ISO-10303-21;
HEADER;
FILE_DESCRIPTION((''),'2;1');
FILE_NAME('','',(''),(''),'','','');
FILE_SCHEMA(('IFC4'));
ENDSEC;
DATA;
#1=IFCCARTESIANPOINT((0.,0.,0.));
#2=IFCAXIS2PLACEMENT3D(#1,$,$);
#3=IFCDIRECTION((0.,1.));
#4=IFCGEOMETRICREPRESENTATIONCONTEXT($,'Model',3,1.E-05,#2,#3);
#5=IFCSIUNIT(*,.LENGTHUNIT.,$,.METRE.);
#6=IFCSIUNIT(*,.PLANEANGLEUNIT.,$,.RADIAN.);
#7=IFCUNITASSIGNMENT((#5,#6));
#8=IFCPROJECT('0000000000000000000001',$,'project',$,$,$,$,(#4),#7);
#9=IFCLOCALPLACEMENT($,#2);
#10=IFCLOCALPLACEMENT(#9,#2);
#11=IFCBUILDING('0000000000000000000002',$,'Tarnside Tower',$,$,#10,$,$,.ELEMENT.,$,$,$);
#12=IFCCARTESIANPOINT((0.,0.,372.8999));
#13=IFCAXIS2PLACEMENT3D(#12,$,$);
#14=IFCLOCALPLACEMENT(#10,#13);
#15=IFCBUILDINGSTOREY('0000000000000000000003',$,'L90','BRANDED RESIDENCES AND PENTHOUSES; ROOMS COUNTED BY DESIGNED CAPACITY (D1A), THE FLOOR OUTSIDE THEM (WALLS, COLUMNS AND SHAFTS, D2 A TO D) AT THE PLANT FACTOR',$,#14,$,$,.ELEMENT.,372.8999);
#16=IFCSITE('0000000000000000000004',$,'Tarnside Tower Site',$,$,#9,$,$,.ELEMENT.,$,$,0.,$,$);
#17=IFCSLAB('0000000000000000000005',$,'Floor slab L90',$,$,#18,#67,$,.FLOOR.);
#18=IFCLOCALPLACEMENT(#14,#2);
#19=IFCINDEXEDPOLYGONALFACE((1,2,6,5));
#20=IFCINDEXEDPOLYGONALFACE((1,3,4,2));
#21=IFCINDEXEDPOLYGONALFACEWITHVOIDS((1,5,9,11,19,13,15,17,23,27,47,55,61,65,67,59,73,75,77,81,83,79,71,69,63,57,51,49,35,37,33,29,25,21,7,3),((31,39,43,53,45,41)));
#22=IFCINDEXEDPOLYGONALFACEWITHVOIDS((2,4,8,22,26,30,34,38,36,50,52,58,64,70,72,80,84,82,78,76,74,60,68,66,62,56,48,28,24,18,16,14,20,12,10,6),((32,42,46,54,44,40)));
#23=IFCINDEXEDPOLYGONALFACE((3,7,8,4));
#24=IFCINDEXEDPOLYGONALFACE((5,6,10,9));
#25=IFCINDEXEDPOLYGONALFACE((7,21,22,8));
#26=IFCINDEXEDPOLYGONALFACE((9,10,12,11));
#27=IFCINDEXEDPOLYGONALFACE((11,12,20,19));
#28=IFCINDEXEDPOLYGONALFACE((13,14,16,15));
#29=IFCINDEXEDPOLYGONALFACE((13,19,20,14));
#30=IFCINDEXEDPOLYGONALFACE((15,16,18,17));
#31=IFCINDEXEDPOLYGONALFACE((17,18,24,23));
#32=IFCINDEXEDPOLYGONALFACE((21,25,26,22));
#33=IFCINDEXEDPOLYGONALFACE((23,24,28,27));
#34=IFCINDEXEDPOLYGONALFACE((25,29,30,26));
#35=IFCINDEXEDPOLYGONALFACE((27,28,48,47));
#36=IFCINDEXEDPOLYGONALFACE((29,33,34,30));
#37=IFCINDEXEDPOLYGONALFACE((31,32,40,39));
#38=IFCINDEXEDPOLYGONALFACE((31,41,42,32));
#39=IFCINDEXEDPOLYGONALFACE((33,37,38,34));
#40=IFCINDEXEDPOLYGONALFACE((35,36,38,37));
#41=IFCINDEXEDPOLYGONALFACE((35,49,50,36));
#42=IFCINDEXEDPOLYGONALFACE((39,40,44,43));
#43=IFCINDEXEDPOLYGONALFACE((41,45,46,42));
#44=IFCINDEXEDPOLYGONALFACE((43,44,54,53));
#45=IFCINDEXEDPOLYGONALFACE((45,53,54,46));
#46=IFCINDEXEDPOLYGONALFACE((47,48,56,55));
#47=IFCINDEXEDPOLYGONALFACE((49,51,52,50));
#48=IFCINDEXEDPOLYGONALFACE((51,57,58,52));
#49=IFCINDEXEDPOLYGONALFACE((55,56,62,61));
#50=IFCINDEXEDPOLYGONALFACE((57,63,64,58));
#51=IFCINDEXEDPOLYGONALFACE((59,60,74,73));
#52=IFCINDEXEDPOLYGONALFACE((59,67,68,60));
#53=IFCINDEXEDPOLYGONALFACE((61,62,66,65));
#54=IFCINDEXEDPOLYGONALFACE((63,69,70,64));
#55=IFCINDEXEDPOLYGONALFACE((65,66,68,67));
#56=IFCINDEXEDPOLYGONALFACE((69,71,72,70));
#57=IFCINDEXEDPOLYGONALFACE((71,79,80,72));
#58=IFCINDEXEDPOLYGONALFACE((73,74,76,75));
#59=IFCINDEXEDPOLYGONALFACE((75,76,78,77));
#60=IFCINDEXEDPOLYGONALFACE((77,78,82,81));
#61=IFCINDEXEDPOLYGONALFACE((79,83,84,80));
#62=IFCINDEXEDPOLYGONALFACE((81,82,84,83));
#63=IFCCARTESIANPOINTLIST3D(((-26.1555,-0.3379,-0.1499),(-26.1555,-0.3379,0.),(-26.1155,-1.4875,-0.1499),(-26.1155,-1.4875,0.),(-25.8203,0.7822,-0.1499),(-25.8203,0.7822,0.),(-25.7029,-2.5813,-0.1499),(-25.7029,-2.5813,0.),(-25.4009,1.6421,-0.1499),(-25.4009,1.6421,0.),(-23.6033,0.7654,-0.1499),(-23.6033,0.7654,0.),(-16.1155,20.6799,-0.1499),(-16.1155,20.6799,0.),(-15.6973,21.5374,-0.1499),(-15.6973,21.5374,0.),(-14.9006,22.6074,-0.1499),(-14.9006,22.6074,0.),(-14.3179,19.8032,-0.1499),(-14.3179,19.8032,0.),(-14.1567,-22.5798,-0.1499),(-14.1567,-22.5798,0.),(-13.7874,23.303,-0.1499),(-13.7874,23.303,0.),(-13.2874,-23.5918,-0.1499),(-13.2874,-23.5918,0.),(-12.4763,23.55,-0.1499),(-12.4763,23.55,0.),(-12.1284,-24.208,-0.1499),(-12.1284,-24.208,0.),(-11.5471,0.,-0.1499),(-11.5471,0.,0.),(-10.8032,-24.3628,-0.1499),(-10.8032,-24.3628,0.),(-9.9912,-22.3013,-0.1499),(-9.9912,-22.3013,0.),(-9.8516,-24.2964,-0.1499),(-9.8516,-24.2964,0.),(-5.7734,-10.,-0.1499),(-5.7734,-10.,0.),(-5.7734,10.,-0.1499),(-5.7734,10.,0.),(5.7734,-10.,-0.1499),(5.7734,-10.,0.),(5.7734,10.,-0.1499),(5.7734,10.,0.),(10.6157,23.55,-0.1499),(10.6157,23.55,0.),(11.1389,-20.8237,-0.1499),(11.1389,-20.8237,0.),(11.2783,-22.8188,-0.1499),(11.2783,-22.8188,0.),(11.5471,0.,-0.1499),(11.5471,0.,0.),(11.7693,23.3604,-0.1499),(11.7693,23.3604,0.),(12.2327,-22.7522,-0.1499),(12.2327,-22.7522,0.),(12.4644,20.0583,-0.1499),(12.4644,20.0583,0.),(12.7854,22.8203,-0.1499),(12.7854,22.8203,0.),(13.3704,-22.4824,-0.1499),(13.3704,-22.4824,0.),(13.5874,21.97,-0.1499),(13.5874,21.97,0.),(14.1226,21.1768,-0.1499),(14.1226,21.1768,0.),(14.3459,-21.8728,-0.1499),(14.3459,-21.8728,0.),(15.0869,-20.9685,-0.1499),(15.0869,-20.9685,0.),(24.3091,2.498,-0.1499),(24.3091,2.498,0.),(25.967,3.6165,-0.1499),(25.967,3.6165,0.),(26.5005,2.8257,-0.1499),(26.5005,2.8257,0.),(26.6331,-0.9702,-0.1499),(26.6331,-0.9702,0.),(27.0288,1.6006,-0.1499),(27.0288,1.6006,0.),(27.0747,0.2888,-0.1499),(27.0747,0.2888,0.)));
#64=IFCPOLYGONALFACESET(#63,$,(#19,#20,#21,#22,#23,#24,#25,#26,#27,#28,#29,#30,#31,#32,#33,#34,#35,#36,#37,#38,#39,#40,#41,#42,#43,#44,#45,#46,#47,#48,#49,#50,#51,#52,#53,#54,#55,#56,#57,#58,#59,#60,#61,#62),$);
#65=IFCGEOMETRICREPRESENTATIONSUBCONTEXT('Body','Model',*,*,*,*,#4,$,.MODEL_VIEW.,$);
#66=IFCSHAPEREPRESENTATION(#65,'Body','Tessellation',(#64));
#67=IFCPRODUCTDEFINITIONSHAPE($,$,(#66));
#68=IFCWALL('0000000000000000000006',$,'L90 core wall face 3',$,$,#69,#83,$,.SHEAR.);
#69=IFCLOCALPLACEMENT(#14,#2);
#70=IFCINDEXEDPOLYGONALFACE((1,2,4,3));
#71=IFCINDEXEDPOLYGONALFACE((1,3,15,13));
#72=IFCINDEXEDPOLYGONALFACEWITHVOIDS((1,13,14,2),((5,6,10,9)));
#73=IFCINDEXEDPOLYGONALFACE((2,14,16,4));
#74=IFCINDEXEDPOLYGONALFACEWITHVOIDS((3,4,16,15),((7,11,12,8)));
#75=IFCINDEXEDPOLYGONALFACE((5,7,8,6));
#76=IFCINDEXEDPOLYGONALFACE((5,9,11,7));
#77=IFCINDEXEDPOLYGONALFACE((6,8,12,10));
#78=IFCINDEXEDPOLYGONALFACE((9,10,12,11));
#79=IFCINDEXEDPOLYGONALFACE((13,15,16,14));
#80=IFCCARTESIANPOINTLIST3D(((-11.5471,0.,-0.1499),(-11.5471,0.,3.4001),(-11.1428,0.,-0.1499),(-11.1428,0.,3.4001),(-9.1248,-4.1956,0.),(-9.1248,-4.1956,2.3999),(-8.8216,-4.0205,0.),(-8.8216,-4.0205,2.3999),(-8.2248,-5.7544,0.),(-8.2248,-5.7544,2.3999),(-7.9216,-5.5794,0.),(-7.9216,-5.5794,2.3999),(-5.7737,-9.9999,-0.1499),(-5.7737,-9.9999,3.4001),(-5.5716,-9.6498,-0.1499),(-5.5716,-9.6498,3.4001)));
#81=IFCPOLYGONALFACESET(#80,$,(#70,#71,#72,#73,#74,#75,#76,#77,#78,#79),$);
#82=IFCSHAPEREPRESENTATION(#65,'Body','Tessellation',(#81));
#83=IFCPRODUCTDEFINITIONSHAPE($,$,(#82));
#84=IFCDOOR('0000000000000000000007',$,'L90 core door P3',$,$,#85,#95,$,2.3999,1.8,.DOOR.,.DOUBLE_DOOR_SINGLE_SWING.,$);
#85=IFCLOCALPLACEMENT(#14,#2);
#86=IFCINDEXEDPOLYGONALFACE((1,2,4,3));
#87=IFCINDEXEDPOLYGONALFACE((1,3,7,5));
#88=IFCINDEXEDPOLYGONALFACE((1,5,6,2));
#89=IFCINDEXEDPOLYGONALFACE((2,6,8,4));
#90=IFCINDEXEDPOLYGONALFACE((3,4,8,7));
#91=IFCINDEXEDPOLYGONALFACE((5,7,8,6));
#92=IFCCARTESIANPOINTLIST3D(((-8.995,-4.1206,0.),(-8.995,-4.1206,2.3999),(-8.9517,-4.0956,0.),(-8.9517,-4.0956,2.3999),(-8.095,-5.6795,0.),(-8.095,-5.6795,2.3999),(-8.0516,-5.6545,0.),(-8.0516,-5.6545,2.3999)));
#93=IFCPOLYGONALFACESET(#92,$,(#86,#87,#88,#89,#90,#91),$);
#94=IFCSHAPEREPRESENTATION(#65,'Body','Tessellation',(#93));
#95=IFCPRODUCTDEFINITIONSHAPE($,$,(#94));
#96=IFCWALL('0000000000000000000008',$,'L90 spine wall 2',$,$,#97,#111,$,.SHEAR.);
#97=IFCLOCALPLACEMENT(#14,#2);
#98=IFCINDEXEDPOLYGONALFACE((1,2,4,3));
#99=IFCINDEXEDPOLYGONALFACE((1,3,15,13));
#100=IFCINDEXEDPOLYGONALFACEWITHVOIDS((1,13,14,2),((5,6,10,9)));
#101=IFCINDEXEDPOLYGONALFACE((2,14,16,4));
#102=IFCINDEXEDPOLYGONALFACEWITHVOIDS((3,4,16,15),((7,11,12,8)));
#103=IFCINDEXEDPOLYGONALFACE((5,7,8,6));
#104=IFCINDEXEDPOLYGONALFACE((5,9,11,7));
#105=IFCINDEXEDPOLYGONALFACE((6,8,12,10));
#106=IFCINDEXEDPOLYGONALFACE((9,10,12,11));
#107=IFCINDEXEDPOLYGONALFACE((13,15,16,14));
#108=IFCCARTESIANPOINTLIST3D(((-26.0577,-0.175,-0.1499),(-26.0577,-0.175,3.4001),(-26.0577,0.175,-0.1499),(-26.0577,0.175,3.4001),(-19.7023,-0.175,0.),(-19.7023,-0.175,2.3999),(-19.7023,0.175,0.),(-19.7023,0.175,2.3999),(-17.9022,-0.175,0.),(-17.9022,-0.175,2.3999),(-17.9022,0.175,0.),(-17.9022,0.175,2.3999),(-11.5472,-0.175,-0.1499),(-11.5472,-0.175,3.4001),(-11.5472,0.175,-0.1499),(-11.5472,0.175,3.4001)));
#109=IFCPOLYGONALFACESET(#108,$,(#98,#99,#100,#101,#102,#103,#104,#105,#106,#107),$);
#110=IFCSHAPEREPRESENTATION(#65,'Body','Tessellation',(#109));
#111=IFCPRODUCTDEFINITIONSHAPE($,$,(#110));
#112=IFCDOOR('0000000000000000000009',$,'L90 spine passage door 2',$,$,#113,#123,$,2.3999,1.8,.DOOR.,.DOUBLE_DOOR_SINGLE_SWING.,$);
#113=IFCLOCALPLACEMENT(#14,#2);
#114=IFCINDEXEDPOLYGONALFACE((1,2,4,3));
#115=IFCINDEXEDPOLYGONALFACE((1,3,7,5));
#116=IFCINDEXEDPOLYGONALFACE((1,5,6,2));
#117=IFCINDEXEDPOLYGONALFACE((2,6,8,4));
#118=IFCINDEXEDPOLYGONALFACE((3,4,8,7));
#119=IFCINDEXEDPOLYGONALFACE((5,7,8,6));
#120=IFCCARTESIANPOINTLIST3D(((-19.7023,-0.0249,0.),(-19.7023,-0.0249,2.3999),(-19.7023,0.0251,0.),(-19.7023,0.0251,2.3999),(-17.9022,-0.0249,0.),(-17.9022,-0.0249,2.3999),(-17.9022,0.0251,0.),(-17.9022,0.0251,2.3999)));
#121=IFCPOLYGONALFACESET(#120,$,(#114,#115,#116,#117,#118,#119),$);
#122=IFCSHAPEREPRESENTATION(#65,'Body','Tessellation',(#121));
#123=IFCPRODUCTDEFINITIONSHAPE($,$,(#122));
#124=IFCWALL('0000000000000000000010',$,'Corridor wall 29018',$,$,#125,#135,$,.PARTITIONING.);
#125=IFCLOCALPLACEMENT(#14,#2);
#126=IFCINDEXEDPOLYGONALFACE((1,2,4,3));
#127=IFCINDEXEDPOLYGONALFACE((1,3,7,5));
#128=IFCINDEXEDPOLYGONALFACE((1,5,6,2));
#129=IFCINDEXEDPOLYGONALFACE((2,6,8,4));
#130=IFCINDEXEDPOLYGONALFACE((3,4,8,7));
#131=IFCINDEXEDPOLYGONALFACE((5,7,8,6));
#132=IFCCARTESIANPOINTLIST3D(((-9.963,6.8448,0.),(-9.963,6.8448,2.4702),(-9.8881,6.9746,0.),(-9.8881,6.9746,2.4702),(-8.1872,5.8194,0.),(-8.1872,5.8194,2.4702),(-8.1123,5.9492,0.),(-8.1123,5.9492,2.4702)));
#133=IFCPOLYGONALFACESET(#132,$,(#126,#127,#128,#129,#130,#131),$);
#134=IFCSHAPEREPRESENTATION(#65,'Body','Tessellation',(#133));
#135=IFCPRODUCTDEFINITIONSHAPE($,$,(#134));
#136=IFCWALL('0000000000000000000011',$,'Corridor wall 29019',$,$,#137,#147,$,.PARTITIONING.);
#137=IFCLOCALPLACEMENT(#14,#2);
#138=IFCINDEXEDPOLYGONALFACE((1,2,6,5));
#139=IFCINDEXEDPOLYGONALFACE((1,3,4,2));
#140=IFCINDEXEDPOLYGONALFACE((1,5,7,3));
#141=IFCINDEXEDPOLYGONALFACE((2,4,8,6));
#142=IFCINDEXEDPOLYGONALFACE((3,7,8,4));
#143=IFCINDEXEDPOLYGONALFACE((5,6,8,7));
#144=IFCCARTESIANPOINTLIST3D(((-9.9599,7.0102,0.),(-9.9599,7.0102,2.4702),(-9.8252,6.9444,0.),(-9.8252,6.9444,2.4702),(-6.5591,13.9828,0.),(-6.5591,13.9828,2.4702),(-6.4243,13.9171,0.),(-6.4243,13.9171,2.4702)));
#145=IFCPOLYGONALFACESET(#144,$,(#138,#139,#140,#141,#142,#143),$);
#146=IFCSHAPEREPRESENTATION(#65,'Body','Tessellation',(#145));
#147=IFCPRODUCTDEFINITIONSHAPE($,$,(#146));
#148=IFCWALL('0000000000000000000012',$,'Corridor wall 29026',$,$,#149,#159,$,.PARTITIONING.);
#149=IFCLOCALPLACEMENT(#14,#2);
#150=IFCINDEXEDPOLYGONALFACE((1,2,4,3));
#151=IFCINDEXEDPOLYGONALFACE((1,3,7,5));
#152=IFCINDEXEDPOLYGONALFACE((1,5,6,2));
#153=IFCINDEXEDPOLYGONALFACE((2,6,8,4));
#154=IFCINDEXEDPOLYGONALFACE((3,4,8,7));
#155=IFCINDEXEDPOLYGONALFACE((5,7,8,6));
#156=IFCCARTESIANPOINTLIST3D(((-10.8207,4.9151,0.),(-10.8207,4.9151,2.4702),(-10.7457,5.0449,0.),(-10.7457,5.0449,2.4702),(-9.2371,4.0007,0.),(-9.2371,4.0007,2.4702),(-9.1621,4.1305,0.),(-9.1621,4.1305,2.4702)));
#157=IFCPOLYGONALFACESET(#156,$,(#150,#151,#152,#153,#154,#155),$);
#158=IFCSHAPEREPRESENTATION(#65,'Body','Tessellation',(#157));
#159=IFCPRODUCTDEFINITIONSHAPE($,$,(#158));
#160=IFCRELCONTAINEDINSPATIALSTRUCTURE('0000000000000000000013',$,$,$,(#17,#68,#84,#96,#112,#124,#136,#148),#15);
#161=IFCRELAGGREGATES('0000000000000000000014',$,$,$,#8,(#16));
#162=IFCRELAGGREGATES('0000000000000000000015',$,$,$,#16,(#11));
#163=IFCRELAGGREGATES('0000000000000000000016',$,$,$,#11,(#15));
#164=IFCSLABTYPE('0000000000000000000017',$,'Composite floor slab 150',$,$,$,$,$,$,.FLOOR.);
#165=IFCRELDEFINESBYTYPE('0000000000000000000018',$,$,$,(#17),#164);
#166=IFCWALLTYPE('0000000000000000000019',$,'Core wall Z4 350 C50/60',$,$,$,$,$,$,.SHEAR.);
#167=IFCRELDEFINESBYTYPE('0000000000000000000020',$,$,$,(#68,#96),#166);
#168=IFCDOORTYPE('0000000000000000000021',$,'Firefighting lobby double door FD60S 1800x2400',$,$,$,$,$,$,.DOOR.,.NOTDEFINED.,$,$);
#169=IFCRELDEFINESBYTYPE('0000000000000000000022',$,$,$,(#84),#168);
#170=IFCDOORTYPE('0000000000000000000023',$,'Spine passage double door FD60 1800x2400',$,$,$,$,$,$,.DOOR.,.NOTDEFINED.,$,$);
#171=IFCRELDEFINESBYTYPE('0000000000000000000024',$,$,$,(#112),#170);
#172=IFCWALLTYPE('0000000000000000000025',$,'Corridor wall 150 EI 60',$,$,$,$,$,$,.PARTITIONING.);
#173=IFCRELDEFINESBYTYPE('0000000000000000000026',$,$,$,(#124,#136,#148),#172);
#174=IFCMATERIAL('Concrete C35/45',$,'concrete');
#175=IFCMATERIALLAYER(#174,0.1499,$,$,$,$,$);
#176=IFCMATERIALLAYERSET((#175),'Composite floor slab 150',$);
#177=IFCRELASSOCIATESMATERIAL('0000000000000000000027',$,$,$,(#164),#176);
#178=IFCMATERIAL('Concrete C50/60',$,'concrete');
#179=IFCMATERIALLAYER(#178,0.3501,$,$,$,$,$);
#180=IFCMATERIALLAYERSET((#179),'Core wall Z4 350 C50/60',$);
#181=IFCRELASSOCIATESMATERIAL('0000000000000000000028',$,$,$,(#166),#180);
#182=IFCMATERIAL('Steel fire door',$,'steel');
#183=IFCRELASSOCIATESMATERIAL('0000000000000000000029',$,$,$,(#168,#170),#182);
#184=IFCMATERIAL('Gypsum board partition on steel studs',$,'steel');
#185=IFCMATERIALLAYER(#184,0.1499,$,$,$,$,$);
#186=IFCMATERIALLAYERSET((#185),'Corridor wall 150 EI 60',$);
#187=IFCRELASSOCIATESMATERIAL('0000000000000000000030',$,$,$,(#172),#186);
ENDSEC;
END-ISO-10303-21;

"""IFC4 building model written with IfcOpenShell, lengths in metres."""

from ifc_helpers import new_model, si_unit, direction, frame, frame_2d, origin, place, context, subcontext, project, spatial, polyline, rectangle, outline, extrude, material, layer, layer_set, type_object, element, fill, save


model = new_model("IFC4")

# Units and contexts
model_context = context("Model", 3, precision=1e-05, world=origin(), true_north=direction((0.0, 1.0)))
body_context = subcontext(model_context, "Body", "Model", "MODEL_VIEW")
ifc_project = project(units=[si_unit("LENGTHUNIT", "METRE"), si_unit("PLANEANGLEUNIT", "RADIAN")], contexts=[model_context])

# Site, building, storey
site_placement = place(None, origin())
site = spatial("IfcSite", under=ifc_project, at=site_placement, Name="Tarnside Tower Site", CompositionType="ELEMENT", RefElevation=0.0)
building_placement = place(site_placement, origin())
building = spatial("IfcBuilding", under=site, at=building_placement, Name="Tarnside Tower", CompositionType="ELEMENT")
storey_placement = place(building_placement, frame((0.0, 0.0, 372.8999)))
storey = spatial("IfcBuildingStorey", under=building, at=storey_placement, Name="L90", Description="BRANDED RESIDENCES AND PENTHOUSES; ROOMS COUNTED BY DESIGNED CAPACITY (D1A), THE FLOOR OUTSIDE THEM (WALLS, COLUMNS AND SHAFTS, D2 A TO D) AT THE PLANT FACTOR", CompositionType="ELEMENT", Elevation=372.8999)

# Slab
ifc_material_1 = material(Name="Concrete C35/45", Category="concrete")
ifc_layer_1 = layer(ifc_material_1, 0.1499)
ifc_layer_set_1 = layer_set([ifc_layer_1], Name="Composite floor slab 150")
slab_type = type_object("IfcSlabType", Name="Composite floor slab 150", PredefinedType="FLOOR", material=ifc_layer_set_1)
slab_placement = place(storey_placement, frame((0.0, 0.0, -0.1499)))
element("IfcSlab", 1, at=slab_placement, inside=storey, type_object=slab_type, Name="Floor slab L90", PredefinedType="FLOOR", context=body_context, shape_type="SweptSolid", body=[
    extrude(outline(polyline([(11.7693, 23.3604), (12.7854, 22.8203), (13.5874, 21.97), (14.1226, 21.1768), (12.4644, 20.0583), (24.3091, 2.498), (25.967, 3.6165), (26.5005, 2.8257), (27.0288, 1.6006), (27.0747, 0.2888), (26.6331, -0.9702), (15.0869, -20.9685), (14.3459, -21.8728), (13.3704, -22.4824), (12.2327, -22.7522), (11.2783, -22.8188), (11.1389, -20.8237), (-9.9912, -22.3013), (-9.8516, -24.2964), (-10.8032, -24.3628), (-12.1284, -24.208), (-13.2874, -23.5918), (-14.1567, -22.5798), (-25.7029, -2.5813), (-26.1155, -1.4875), (-26.1555, -0.3379), (-25.8203, 0.7822), (-25.4009, 1.6421), (-23.6033, 0.7654), (-14.3179, 19.8032), (-16.1155, 20.6799), (-15.6973, 21.5374), (-14.9006, 22.6074), (-13.7874, 23.303), (-12.4763, 23.55), (10.6157, 23.55), (11.7693, 23.3604)]), holes=[polyline([(-11.5471, 0.0), (-5.7734, -10.0), (5.7734, -10.0), (11.5471, 0.0), (5.7734, 10.0), (-5.7734, 10.0), (-11.5471, 0.0)])]), origin(), (0.0, 0.0, 1.0), 0.1499),
])

# Walls, openings, doors
ifc_material_2 = material(Name="Concrete C50/60", Category="concrete")
ifc_layer_2 = layer(ifc_material_2, 0.3501)
ifc_layer_set_2 = layer_set([ifc_layer_2], Name="Core wall Z4 350 C50/60")
wall_type_1 = type_object("IfcWallType", Name="Core wall Z4 350 C50/60", PredefinedType="SHEAR", material=ifc_layer_set_2)
wall_1_placement = place(storey_placement, frame((-11.345, 0.0, -0.1499), z_axis=(0.0, 0.0, 1.0), x_axis=(0.499995, -0.866028, 0.0)))
wall_1 = element("IfcWall", 2, at=wall_1_placement, inside=storey, type_object=wall_type_1, Name="L90 core wall face 3", PredefinedType="SHEAR", context=body_context, shape_type="SweptSolid", body=[
    extrude(outline(polyline([(-0.1011, -0.175), (11.4458, -0.175), (11.2437, 0.175), (0.1011, 0.175), (-0.1011, -0.175)])), origin(), (0.0, 0.0, 1.0), 3.55),
])
opening_1_placement = place(wall_1_placement, frame((4.7437, 0.0, 0.1499)))
opening_1 = element("IfcOpeningElement", 3, at=opening_1_placement, cuts=wall_1, PredefinedType="OPENING", context=body_context, shape_type="SweptSolid", body=[
    extrude(rectangle(XDim=1.8, YDim=2.3999, at=frame_2d((0.8999, 1.2))), frame((0.0, 0.1851, 0.0), z_axis=(0.0, -1.0, 0.0), x_axis=(1.0, 0.0, 0.0)), (0.0, 0.0, 1.0), 0.3701),
])
ifc_material_3 = material(Name="Steel fire door", Category="steel")
door_type_1 = type_object("IfcDoorType", Name="Firefighting lobby double door FD60S 1800x2400", OperationType="NOTDEFINED", PredefinedType="DOOR", material=ifc_material_3)
door_1_placement = place(opening_1_placement, origin())
door_1 = element("IfcDoor", 4, at=door_1_placement, inside=storey, type_object=door_type_1, Name="L90 core door P3", OperationType="DOUBLE_DOOR_SINGLE_SWING", OverallHeight=2.3999, OverallWidth=1.8, PredefinedType="DOOR", context=body_context, shape_type="SweptSolid", body=[
    extrude(rectangle(XDim=1.8, YDim=2.3999, at=frame_2d((0.8999, 1.2))), frame((0.0, 0.0249, 0.0), z_axis=(0.0, -1.0, 0.0), x_axis=(1.0, 0.0, 0.0)), (0.0, 0.0, 1.0), 0.05),
])
fill(opening_1, door_1)
wall_2_placement = place(storey_placement, frame((-11.5471, 0.0, -0.1499), z_axis=(0.0, 0.0, 1.0), x_axis=(-1.0, 0.0, 0.0)))
wall_2 = element("IfcWall", 5, at=wall_2_placement, inside=storey, type_object=wall_type_1, Name="L90 spine wall 2", PredefinedType="SHEAR", context=body_context, shape_type="SweptSolid", body=[
    extrude(rectangle(XDim=14.5105, YDim=0.3501, at=frame_2d((7.2554, 0.0))), origin(), (0.0, 0.0, 1.0), 3.55),
])
opening_2_placement = place(wall_2_placement, frame((6.3552, 0.0, 0.1499)))
opening_2 = element("IfcOpeningElement", 6, at=opening_2_placement, cuts=wall_2, PredefinedType="OPENING", context=body_context, shape_type="SweptSolid", body=[
    extrude(rectangle(XDim=1.8, YDim=2.3999, at=frame_2d((0.8999, 1.2))), frame((0.0, 0.1851, 0.0), z_axis=(0.0, -1.0, 0.0), x_axis=(1.0, 0.0, 0.0)), (0.0, 0.0, 1.0), 0.3701),
])
door_type_2 = type_object("IfcDoorType", Name="Spine passage double door FD60 1800x2400", OperationType="NOTDEFINED", PredefinedType="DOOR", material=ifc_material_3)
door_2_placement = place(opening_2_placement, origin())
door_2 = element("IfcDoor", 7, at=door_2_placement, inside=storey, type_object=door_type_2, Name="L90 spine passage door 2", OperationType="DOUBLE_DOOR_SINGLE_SWING", OverallHeight=2.3999, OverallWidth=1.8, PredefinedType="DOOR", context=body_context, shape_type="SweptSolid", body=[
    extrude(rectangle(XDim=1.8, YDim=2.3999, at=frame_2d((0.8999, 1.2))), frame((0.0, 0.0249, 0.0), z_axis=(0.0, -1.0, 0.0), x_axis=(1.0, 0.0, 0.0)), (0.0, 0.0, 1.0), 0.05),
])
fill(opening_2, door_2)

# Walls
ifc_material_4 = material(Name="Gypsum board partition on steel studs", Category="steel")
ifc_layer_3 = layer(ifc_material_4, 0.1499)
ifc_layer_set_3 = layer_set([ifc_layer_3], Name="Corridor wall 150 EI 60")
wall_type_2 = type_object("IfcWallType", Name="Corridor wall 150 EI 60", PredefinedType="PARTITIONING", material=ifc_layer_set_3)
wall_3_placement = place(storey_placement, frame((-8.1497, 5.8843, 0.0), z_axis=(0.0, 0.0, 1.0), x_axis=(-0.866007, 0.500032, 0.0)))
element("IfcWall", 8, at=wall_3_placement, inside=storey, type_object=wall_type_2, Name="Corridor wall 29018", PredefinedType="PARTITIONING", context=body_context, shape_type="SweptSolid", body=[
    extrude(rectangle(XDim=2.0505, YDim=0.1499, at=frame_2d((1.0254, 0.0))), origin(), (0.0, 0.0, 1.0), 2.4702),
])
wall_4_placement = place(storey_placement, frame((-9.8926, 6.9773, 0.0), z_axis=(0.0, 0.0, 1.0), x_axis=(0.43838, 0.89879, 0.0)))
element("IfcWall", 9, at=wall_4_placement, inside=storey, type_object=wall_type_2, Name="Corridor wall 29019", PredefinedType="PARTITIONING", context=body_context, shape_type="SweptSolid", body=[
    extrude(rectangle(XDim=7.7578, YDim=0.1499, at=frame_2d((3.8789, 0.0))), origin(), (0.0, 0.0, 1.0), 2.4702),
])
wall_5_placement = place(storey_placement, frame((-10.7832, 4.98, 0.0), z_axis=(0.0, 0.0, 1.0), x_axis=(0.866008, -0.500031, 0.0)))
element("IfcWall", 10, at=wall_5_placement, inside=storey, type_object=wall_type_2, Name="Corridor wall 29026", PredefinedType="PARTITIONING", context=body_context, shape_type="SweptSolid", body=[
    extrude(rectangle(XDim=1.8286, YDim=0.1499, at=frame_2d((0.9143, 0.0))), origin(), (0.0, 0.0, 1.0), 2.4702),
])

save(model, "model.ifc")
